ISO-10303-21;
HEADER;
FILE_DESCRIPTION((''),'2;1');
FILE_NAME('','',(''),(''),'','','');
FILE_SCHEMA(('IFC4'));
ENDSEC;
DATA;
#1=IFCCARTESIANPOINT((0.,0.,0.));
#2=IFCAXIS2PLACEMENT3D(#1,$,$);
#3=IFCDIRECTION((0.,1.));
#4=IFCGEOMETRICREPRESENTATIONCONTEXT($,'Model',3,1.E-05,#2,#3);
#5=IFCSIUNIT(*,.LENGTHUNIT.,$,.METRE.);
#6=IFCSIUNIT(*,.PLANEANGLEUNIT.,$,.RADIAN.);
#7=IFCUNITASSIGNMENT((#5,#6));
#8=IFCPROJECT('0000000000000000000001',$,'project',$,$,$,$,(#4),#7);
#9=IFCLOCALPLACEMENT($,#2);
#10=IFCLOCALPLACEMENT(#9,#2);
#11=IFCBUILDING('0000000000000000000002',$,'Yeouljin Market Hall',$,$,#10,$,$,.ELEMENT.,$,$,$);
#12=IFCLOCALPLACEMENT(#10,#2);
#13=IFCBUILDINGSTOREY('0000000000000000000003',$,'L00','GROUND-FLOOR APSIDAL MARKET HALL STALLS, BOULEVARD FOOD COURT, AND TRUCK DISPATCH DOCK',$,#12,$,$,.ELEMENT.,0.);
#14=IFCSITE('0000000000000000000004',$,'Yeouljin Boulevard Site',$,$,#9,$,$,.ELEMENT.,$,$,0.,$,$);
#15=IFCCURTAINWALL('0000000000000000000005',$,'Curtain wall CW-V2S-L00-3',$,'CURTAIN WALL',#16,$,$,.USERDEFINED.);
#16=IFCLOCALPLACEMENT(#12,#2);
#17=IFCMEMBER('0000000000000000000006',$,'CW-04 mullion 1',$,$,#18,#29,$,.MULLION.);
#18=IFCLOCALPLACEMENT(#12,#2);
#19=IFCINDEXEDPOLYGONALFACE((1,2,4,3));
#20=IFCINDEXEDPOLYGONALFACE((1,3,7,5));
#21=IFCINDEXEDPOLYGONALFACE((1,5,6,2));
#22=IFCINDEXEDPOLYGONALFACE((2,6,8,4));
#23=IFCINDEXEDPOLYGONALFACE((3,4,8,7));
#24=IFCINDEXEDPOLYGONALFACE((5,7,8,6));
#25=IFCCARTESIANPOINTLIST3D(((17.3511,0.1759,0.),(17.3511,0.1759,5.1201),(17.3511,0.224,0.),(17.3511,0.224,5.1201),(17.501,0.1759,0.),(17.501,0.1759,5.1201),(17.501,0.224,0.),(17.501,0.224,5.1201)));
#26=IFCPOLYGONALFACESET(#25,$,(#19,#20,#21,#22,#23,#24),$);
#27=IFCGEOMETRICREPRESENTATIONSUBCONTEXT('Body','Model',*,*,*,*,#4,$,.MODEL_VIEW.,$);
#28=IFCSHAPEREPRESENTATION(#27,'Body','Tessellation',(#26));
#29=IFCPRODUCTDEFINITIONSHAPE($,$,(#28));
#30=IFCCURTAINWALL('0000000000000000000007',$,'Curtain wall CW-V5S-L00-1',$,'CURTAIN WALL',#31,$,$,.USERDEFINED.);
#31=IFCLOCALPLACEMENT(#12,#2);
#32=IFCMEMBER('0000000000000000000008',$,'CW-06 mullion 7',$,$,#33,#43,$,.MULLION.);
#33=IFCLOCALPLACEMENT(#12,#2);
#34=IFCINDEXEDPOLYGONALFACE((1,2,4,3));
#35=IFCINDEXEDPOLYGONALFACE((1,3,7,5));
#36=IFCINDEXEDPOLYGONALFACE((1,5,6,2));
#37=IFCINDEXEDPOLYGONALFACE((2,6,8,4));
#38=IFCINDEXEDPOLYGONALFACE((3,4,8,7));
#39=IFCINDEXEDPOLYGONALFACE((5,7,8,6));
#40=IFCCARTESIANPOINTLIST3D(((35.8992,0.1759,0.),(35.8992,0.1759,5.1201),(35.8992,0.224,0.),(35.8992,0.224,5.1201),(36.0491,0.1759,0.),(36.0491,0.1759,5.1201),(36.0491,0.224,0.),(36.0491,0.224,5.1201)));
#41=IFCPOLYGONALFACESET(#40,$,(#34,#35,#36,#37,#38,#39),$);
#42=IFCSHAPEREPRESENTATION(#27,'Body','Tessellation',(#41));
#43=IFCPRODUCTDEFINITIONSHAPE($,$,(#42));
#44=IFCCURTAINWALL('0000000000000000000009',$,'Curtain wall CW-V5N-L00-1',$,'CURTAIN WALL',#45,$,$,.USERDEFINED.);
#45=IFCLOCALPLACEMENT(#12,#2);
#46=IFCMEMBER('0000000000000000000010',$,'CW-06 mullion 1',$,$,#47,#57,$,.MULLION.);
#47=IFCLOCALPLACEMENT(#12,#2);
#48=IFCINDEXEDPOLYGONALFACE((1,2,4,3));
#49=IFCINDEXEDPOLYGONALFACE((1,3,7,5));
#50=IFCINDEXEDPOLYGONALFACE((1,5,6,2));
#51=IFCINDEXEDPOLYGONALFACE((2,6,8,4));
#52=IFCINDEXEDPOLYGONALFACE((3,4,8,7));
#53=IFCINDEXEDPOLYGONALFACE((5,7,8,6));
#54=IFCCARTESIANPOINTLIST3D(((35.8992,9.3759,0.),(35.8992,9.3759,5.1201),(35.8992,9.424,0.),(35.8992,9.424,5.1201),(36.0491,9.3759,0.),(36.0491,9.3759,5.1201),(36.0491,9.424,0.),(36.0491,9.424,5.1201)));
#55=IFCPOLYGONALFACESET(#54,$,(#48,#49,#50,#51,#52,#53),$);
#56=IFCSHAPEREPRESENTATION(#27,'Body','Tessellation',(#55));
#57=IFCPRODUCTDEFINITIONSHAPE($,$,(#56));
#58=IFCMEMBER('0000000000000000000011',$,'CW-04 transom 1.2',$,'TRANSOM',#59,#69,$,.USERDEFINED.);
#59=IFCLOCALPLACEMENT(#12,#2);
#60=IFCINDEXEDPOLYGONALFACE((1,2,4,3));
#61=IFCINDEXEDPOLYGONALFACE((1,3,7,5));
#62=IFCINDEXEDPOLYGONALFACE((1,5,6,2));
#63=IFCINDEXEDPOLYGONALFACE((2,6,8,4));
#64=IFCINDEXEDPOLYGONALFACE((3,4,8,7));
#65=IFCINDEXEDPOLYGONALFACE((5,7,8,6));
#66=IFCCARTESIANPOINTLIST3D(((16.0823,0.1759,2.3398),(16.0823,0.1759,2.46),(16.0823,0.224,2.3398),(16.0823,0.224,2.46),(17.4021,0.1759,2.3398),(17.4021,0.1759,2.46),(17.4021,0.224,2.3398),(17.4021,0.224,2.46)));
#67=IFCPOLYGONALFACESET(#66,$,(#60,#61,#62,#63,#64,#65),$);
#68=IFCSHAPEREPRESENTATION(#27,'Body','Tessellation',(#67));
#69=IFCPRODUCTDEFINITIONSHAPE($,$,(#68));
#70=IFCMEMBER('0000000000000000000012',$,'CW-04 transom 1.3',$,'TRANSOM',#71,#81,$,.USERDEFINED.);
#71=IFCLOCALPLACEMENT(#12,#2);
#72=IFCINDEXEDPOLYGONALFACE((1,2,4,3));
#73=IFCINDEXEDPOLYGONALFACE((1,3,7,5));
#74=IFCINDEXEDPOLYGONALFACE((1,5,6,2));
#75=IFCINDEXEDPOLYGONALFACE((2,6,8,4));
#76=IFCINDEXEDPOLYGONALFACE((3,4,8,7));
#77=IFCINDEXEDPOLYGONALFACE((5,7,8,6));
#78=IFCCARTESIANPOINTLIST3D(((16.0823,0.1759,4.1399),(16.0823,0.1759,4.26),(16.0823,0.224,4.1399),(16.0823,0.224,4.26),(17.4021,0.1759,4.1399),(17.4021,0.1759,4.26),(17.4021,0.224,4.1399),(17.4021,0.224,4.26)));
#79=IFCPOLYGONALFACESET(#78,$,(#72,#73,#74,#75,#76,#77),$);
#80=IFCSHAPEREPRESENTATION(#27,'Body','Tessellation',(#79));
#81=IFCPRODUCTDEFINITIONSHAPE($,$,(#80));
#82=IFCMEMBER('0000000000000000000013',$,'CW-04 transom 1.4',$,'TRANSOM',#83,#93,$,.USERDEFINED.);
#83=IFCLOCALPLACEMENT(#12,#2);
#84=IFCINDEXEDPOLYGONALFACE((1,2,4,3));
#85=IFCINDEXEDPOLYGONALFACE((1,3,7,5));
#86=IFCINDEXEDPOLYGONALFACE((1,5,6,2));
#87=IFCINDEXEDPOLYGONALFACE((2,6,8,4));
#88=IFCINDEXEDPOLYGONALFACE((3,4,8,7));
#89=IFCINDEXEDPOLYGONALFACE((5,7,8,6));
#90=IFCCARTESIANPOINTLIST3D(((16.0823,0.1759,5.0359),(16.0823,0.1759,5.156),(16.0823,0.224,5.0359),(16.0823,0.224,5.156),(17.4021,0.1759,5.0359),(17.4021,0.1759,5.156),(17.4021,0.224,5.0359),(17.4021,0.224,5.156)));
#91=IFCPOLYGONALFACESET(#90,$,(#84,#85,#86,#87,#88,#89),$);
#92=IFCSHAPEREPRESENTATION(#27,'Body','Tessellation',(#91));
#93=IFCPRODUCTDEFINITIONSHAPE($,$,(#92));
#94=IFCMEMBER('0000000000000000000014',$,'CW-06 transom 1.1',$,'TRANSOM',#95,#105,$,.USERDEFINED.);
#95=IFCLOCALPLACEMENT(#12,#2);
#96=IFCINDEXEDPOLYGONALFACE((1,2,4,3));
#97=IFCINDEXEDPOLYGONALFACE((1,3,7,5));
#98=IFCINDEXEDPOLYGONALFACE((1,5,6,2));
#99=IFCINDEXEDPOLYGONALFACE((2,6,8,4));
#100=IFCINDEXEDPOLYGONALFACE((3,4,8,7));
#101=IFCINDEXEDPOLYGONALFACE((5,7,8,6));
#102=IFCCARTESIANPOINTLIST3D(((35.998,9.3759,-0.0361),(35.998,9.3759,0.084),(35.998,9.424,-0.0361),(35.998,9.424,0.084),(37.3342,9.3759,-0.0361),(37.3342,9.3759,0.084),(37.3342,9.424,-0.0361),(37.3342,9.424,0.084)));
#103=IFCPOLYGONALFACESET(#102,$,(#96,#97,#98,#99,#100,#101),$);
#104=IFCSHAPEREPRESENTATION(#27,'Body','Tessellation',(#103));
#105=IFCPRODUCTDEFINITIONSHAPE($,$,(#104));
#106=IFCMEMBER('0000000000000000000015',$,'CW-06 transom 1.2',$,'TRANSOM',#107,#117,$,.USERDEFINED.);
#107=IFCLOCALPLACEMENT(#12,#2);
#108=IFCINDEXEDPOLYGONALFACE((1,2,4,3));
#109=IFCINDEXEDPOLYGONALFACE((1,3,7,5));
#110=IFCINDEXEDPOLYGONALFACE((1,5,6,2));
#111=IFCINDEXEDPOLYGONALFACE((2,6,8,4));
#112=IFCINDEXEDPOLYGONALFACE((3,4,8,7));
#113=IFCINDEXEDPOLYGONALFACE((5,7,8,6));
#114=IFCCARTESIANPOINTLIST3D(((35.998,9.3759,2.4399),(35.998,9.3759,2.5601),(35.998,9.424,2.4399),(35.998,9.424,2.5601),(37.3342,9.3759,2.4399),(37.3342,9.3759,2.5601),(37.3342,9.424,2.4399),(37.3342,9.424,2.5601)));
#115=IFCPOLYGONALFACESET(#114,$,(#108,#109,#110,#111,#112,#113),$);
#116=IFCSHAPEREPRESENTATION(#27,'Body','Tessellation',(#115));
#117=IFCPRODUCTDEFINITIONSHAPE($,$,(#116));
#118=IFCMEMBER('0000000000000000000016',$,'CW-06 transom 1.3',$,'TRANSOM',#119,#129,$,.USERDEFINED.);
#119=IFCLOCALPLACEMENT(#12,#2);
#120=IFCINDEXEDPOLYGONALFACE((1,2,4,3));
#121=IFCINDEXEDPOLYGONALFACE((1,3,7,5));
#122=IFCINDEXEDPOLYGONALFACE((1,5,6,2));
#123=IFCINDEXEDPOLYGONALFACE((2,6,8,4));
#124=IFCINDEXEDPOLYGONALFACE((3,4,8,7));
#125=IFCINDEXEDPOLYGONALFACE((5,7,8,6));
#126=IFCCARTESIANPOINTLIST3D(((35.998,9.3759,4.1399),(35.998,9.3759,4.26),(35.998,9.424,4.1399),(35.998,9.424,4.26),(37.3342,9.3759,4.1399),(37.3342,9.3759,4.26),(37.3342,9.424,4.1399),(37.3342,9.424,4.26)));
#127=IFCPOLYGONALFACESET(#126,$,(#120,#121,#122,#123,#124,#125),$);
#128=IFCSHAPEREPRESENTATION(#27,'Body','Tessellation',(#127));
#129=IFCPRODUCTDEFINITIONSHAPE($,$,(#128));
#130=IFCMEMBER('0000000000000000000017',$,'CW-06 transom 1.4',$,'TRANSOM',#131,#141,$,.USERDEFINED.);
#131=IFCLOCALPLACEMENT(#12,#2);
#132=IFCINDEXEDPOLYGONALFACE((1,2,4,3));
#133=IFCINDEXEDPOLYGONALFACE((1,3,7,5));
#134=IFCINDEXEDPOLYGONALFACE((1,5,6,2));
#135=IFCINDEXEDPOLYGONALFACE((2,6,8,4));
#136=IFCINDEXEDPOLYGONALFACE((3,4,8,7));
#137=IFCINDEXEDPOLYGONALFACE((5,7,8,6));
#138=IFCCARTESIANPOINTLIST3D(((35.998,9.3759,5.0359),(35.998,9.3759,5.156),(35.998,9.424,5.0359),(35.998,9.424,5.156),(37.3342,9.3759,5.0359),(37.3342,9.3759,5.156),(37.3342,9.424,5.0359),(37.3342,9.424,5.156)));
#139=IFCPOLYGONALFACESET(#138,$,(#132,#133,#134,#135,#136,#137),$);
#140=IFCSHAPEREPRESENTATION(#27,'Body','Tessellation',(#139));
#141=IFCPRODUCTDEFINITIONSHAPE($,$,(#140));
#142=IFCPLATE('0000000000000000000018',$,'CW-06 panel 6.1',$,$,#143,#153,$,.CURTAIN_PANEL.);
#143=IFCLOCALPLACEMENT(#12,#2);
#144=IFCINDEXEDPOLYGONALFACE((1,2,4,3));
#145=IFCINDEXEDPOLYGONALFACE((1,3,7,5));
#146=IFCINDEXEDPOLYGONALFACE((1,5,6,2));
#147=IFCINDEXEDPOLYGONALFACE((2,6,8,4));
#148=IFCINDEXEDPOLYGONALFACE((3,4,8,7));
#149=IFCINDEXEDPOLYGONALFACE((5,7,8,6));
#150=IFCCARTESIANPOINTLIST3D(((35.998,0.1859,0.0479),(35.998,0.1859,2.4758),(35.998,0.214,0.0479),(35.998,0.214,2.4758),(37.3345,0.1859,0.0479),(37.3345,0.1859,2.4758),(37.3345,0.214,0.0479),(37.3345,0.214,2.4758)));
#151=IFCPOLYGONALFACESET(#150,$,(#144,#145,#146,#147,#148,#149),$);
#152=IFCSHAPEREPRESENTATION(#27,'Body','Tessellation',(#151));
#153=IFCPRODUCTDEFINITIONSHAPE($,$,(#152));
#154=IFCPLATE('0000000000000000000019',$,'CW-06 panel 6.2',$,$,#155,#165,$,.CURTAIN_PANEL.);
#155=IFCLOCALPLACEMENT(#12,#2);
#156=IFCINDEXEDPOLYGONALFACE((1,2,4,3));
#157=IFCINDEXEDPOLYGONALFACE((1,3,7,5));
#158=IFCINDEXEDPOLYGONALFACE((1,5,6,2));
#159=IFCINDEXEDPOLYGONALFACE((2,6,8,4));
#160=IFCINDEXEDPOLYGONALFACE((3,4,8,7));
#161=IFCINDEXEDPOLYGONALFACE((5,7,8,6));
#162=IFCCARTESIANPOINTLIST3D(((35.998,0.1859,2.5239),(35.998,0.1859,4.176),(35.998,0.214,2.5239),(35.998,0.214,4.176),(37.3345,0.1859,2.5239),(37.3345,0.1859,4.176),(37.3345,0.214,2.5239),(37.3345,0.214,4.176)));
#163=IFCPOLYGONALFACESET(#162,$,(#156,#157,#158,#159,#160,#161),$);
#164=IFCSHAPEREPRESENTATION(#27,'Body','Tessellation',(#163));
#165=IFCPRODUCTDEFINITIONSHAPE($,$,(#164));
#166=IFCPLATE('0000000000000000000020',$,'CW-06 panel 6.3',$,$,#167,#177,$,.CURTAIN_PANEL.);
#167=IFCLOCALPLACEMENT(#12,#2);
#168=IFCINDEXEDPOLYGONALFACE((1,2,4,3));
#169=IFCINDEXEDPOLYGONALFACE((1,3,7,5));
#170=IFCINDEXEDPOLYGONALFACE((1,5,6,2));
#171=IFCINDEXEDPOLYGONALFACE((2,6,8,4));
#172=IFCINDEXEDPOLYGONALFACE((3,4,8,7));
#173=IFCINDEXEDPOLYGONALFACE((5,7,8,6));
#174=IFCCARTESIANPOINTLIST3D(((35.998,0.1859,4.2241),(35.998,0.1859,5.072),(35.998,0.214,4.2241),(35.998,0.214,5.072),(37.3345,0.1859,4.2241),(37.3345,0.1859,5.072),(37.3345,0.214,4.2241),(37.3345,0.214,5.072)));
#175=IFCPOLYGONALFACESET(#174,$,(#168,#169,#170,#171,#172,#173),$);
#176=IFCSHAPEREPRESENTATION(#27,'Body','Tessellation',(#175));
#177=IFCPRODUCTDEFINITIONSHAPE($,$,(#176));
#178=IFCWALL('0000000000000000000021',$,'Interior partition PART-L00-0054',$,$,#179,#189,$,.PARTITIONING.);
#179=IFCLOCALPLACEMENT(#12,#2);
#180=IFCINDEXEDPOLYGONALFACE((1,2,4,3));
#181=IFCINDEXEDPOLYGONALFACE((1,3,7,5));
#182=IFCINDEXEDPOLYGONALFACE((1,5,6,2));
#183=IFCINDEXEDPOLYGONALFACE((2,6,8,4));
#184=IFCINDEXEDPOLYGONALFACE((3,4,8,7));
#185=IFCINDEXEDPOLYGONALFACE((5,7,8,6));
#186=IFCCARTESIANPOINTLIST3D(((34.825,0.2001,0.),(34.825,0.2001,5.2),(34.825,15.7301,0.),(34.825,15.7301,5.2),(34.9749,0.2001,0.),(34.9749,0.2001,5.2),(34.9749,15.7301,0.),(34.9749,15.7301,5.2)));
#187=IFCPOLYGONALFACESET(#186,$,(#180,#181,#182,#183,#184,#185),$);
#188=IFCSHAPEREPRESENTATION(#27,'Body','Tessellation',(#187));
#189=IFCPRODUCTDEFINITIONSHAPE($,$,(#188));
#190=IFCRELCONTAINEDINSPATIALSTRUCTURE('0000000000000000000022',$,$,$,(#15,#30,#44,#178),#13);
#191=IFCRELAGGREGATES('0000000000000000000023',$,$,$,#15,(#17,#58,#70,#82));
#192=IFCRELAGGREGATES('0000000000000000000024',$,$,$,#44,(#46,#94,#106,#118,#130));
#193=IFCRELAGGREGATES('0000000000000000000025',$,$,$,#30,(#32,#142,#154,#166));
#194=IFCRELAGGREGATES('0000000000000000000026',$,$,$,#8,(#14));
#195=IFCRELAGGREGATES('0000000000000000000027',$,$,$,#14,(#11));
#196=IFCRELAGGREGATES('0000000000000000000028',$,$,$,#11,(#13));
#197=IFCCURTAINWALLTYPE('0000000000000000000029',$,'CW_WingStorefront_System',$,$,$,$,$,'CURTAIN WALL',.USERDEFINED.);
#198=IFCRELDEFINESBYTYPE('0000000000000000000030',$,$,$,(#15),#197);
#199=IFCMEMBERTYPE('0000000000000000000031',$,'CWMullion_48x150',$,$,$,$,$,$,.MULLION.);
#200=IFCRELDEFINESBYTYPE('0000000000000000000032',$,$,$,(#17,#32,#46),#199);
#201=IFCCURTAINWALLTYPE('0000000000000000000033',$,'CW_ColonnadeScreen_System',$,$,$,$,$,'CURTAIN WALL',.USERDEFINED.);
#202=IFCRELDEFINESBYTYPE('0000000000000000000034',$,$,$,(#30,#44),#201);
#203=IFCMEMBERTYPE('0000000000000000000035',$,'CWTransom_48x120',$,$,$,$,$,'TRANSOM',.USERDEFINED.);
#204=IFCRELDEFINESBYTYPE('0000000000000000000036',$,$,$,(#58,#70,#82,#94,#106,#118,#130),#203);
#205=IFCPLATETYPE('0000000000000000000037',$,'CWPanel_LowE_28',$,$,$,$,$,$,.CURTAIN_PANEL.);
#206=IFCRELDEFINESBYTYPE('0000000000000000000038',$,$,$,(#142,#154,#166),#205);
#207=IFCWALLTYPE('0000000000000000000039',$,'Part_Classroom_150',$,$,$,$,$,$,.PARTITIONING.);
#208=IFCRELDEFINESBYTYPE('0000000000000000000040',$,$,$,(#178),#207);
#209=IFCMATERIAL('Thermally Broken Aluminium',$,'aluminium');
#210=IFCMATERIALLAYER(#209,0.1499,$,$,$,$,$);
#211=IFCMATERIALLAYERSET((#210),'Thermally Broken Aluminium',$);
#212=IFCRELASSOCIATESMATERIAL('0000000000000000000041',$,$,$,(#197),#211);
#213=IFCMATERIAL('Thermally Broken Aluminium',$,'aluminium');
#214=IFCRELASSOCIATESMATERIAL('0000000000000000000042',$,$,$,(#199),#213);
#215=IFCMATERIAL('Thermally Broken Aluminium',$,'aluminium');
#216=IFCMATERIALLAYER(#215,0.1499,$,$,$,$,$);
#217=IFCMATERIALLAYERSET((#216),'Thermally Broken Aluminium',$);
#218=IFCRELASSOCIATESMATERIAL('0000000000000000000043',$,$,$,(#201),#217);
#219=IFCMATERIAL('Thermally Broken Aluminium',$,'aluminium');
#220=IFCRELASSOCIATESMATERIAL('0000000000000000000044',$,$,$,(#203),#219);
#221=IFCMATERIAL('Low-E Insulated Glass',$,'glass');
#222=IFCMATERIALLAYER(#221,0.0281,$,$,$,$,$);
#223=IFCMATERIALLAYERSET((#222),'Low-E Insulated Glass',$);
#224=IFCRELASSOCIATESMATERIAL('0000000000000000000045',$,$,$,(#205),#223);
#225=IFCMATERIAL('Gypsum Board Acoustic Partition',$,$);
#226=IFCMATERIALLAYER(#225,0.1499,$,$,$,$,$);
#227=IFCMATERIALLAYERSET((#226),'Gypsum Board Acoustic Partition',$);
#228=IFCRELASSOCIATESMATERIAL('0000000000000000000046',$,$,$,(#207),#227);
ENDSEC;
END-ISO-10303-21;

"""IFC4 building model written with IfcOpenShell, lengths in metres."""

from ifc_helpers import new_model, si_unit, direction, frame, frame_2d, origin, origin_2d, place, context, subcontext, project, spatial, rectangle, extrude, material, layer, layer_set, material_profile, profile_set, type_object, element, aggregate, save


model = new_model("IFC4")

# Units and contexts
model_context = context("Model", 3, precision=1e-05, world=origin(), true_north=direction((0.0, 1.0)))
body_context = subcontext(model_context, "Body", "Model", "MODEL_VIEW")
ifc_project = project(units=[si_unit("LENGTHUNIT", "METRE"), si_unit("PLANEANGLEUNIT", "RADIAN")], contexts=[model_context])

# Site, building, storey
site_placement = place(None, origin())
site = spatial("IfcSite", under=ifc_project, at=site_placement, Name="Yeouljin Boulevard Site", CompositionType="ELEMENT", RefElevation=0.0)
building_placement = place(site_placement, origin())
building = spatial("IfcBuilding", under=site, at=building_placement, Name="Yeouljin Market Hall", CompositionType="ELEMENT")
storey_placement = place(building_placement, origin())
storey = spatial("IfcBuildingStorey", under=building, at=storey_placement, Name="L00", Description="GROUND-FLOOR APSIDAL MARKET HALL STALLS, BOULEVARD FOOD COURT, AND TRUCK DISPATCH DOCK", CompositionType="ELEMENT", Elevation=0.0)

# Curtain walls, members
ifc_material_1 = material(Name="Thermally Broken Aluminium", Category="aluminium")
ifc_layer_1 = layer(ifc_material_1, 0.1499)
ifc_layer_set_1 = layer_set([ifc_layer_1], Name="Thermally Broken Aluminium")
curtain_wall_type_1 = type_object("IfcCurtainWallType", Name="CW_WingStorefront_System", ElementType="CURTAIN WALL", PredefinedType="USERDEFINED", material=ifc_layer_set_1)
curtain_wall_1_placement = place(storey_placement, origin())
curtain_wall_1 = element("IfcCurtainWall", 1, at=curtain_wall_1_placement, inside=storey, type_object=curtain_wall_type_1, Name="Curtain wall CW-V2S-L00-3", ObjectType="CURTAIN WALL", PredefinedType="USERDEFINED")
ifc_material_2 = material(Name="Thermally Broken Aluminium", Category="aluminium")
ifc_material_profile_1 = material_profile(ifc_material_2, rectangle(XDim=0.0481, YDim=0.1499, at=origin_2d()), Name="CW-MULL-48x150")
ifc_profile_set_1 = profile_set([ifc_material_profile_1], Name="Thermally Broken Aluminium")
member_type_1 = type_object("IfcMemberType", Name="CWMullion_48x150", PredefinedType="MULLION", material=ifc_profile_set_1)
member_1_placement = place(storey_placement, frame((17.426, 0.2, 0.0), z_axis=(0.0, 0.0, 1.0), x_axis=(0.0, -1.0, 0.0)))
member_1 = element("IfcMember", 2, at=member_1_placement, type_object=member_type_1, Name="CW-04 mullion 1", PredefinedType="MULLION", context=body_context, shape_type="SweptSolid", body=[
    extrude(rectangle(XDim=0.0481, YDim=0.1499, at=origin_2d()), origin(), (0.0, 0.0, 1.0), 5.1201),
])
ifc_material_3 = material(Name="Thermally Broken Aluminium", Category="aluminium")
ifc_layer_2 = layer(ifc_material_3, 0.1499)
ifc_layer_set_2 = layer_set([ifc_layer_2], Name="Thermally Broken Aluminium")
curtain_wall_type_2 = type_object("IfcCurtainWallType", Name="CW_ColonnadeScreen_System", ElementType="CURTAIN WALL", PredefinedType="USERDEFINED", material=ifc_layer_set_2)
curtain_wall_2_placement = place(storey_placement, origin())
curtain_wall_2 = element("IfcCurtainWall", 3, at=curtain_wall_2_placement, inside=storey, type_object=curtain_wall_type_2, Name="Curtain wall CW-V5S-L00-1", ObjectType="CURTAIN WALL", PredefinedType="USERDEFINED")
member_2_placement = place(storey_placement, frame((35.9741, 0.2, 0.0), z_axis=(0.0, 0.0, 1.0), x_axis=(0.0, -1.0, 0.0)))
member_2 = element("IfcMember", 4, at=member_2_placement, type_object=member_type_1, Name="CW-06 mullion 7", PredefinedType="MULLION", context=body_context, shape_type="SweptSolid", body=[
    extrude(rectangle(XDim=0.0481, YDim=0.1499, at=origin_2d()), origin(), (0.0, 0.0, 1.0), 5.1201),
])
curtain_wall_3_placement = place(storey_placement, origin())
curtain_wall_3 = element("IfcCurtainWall", 5, at=curtain_wall_3_placement, inside=storey, type_object=curtain_wall_type_2, Name="Curtain wall CW-V5N-L00-1", ObjectType="CURTAIN WALL", PredefinedType="USERDEFINED")
member_3_placement = place(storey_placement, frame((35.9741, 9.3999, 0.0), z_axis=(0.0, 0.0, 1.0), x_axis=(0.0, 1.0, 0.0)))
member_3 = element("IfcMember", 6, at=member_3_placement, type_object=member_type_1, Name="CW-06 mullion 1", PredefinedType="MULLION", context=body_context, shape_type="SweptSolid", body=[
    extrude(rectangle(XDim=0.0481, YDim=0.1499, at=origin_2d()), origin(), (0.0, 0.0, 1.0), 5.1201),
])

# Members
ifc_material_4 = material(Name="Thermally Broken Aluminium", Category="aluminium")
ifc_material_profile_2 = material_profile(ifc_material_4, rectangle(XDim=0.0481, YDim=0.1201, at=origin_2d()), Name="CW-TRAN-48x120")
ifc_profile_set_2 = profile_set([ifc_material_profile_2], Name="Thermally Broken Aluminium")
member_type_2 = type_object("IfcMemberType", Name="CWTransom_48x120", ElementType="TRANSOM", PredefinedType="USERDEFINED", material=ifc_profile_set_2)
member_4_placement = place(storey_placement, frame((17.4021, 0.2, 2.3999), z_axis=(-1.0, 0.0, 0.0), x_axis=(0.0, -1.0, 0.0)))
member_4 = element("IfcMember", 7, at=member_4_placement, type_object=member_type_2, Name="CW-04 transom 1.2", ObjectType="TRANSOM", PredefinedType="USERDEFINED", context=body_context, shape_type="SweptSolid", body=[
    extrude(rectangle(XDim=0.0481, YDim=0.1201, at=origin_2d()), origin(), (0.0, 0.0, 1.0), 1.3198),
])
member_5_placement = place(storey_placement, frame((17.4021, 0.2, 4.2), z_axis=(-1.0, 0.0, 0.0), x_axis=(0.0, -1.0, 0.0)))
member_5 = element("IfcMember", 8, at=member_5_placement, type_object=member_type_2, Name="CW-04 transom 1.3", ObjectType="TRANSOM", PredefinedType="USERDEFINED", context=body_context, shape_type="SweptSolid", body=[
    extrude(rectangle(XDim=0.0481, YDim=0.1201, at=origin_2d()), origin(), (0.0, 0.0, 1.0), 1.3198),
])
member_6_placement = place(storey_placement, frame((17.4021, 0.2, 5.0959), z_axis=(-1.0, 0.0, 0.0), x_axis=(0.0, -1.0, 0.0)))
member_6 = element("IfcMember", 9, at=member_6_placement, type_object=member_type_2, Name="CW-04 transom 1.4", ObjectType="TRANSOM", PredefinedType="USERDEFINED", context=body_context, shape_type="SweptSolid", body=[
    extrude(rectangle(XDim=0.0481, YDim=0.1201, at=origin_2d()), origin(), (0.0, 0.0, 1.0), 1.3198),
])
aggregate(curtain_wall_1, [member_1, member_4, member_5, member_6])
member_7_placement = place(storey_placement, frame((35.998, 9.3999, 0.0239), z_axis=(1.0, 0.0, 0.0), x_axis=(0.0, 1.0, 0.0)))
member_7 = element("IfcMember", 10, at=member_7_placement, type_object=member_type_2, Name="CW-06 transom 1.1", ObjectType="TRANSOM", PredefinedType="USERDEFINED", context=body_context, shape_type="SweptSolid", body=[
    extrude(rectangle(XDim=0.0481, YDim=0.1201, at=origin_2d()), origin(), (0.0, 0.0, 1.0), 1.3362),
])
member_8_placement = place(storey_placement, frame((35.998, 9.3999, 2.5), z_axis=(1.0, 0.0, 0.0), x_axis=(0.0, 1.0, 0.0)))
member_8 = element("IfcMember", 11, at=member_8_placement, type_object=member_type_2, Name="CW-06 transom 1.2", ObjectType="TRANSOM", PredefinedType="USERDEFINED", context=body_context, shape_type="SweptSolid", body=[
    extrude(rectangle(XDim=0.0481, YDim=0.1201, at=origin_2d()), origin(), (0.0, 0.0, 1.0), 1.3362),
])
member_9_placement = place(storey_placement, frame((35.998, 9.3999, 4.2), z_axis=(1.0, 0.0, 0.0), x_axis=(0.0, 1.0, 0.0)))
member_9 = element("IfcMember", 12, at=member_9_placement, type_object=member_type_2, Name="CW-06 transom 1.3", ObjectType="TRANSOM", PredefinedType="USERDEFINED", context=body_context, shape_type="SweptSolid", body=[
    extrude(rectangle(XDim=0.0481, YDim=0.1201, at=origin_2d()), origin(), (0.0, 0.0, 1.0), 1.3362),
])
member_10_placement = place(storey_placement, frame((35.998, 9.3999, 5.0959), z_axis=(1.0, 0.0, 0.0), x_axis=(0.0, 1.0, 0.0)))
member_10 = element("IfcMember", 13, at=member_10_placement, type_object=member_type_2, Name="CW-06 transom 1.4", ObjectType="TRANSOM", PredefinedType="USERDEFINED", context=body_context, shape_type="SweptSolid", body=[
    extrude(rectangle(XDim=0.0481, YDim=0.1201, at=origin_2d()), origin(), (0.0, 0.0, 1.0), 1.3362),
])
aggregate(curtain_wall_3, [member_3, member_7, member_8, member_9, member_10])

# Plates
ifc_material_5 = material(Name="Low-E Insulated Glass", Category="glass")
ifc_layer_3 = layer(ifc_material_5, 0.0281)
ifc_layer_set_3 = layer_set([ifc_layer_3], Name="Low-E Insulated Glass")
plate_type = type_object("IfcPlateType", Name="CWPanel_LowE_28", PredefinedType="CURTAIN_PANEL", material=ifc_layer_set_3)
plate_1_placement = place(storey_placement, frame((36.6663, 0.2, 0.0479), z_axis=(0.0, 0.0, 1.0), x_axis=(-1.0, 0.0, 0.0)))
plate_1 = element("IfcPlate", 14, at=plate_1_placement, type_object=plate_type, Name="CW-06 panel 6.1", PredefinedType="CURTAIN_PANEL", context=body_context, shape_type="SweptSolid", body=[
    extrude(rectangle(XDim=1.3364, YDim=0.0281, at=origin_2d()), origin(), (0.0, 0.0, 1.0), 2.428),
])
plate_2_placement = place(storey_placement, frame((36.6663, 0.2, 2.5239), z_axis=(0.0, 0.0, 1.0), x_axis=(-1.0, 0.0, 0.0)))
plate_2 = element("IfcPlate", 15, at=plate_2_placement, type_object=plate_type, Name="CW-06 panel 6.2", PredefinedType="CURTAIN_PANEL", context=body_context, shape_type="SweptSolid", body=[
    extrude(rectangle(XDim=1.3364, YDim=0.0281, at=origin_2d()), origin(), (0.0, 0.0, 1.0), 1.6521),
])
plate_3_placement = place(storey_placement, frame((36.6663, 0.2, 4.2241), z_axis=(0.0, 0.0, 1.0), x_axis=(-1.0, 0.0, 0.0)))
plate_3 = element("IfcPlate", 16, at=plate_3_placement, type_object=plate_type, Name="CW-06 panel 6.3", PredefinedType="CURTAIN_PANEL", context=body_context, shape_type="SweptSolid", body=[
    extrude(rectangle(XDim=1.3364, YDim=0.0281, at=origin_2d()), origin(), (0.0, 0.0, 1.0), 0.8479),
])
aggregate(curtain_wall_2, [member_2, plate_1, plate_2, plate_3])

# Wall
ifc_material_6 = material(Name="Gypsum Board Acoustic Partition")
ifc_layer_4 = layer(ifc_material_6, 0.1499)
ifc_layer_set_4 = layer_set([ifc_layer_4], Name="Gypsum Board Acoustic Partition")
wall_type_1 = type_object("IfcWallType", Name="Part_Classroom_150", PredefinedType="PARTITIONING", material=ifc_layer_set_4)
wall_1_placement = place(storey_placement, frame((34.8999, 0.2, 0.0), z_axis=(0.0, 0.0, 1.0), x_axis=(0.0, 1.0, 0.0)))
element("IfcWall", 17, at=wall_1_placement, inside=storey, type_object=wall_type_1, Name="Interior partition PART-L00-0054", PredefinedType="PARTITIONING", context=body_context, shape_type="SweptSolid", body=[
    extrude(rectangle(XDim=15.53, YDim=0.1499, at=frame_2d((7.7651, 0.0))), origin(), (0.0, 0.0, 1.0), 5.2),
])

save(model, "model.ifc")
